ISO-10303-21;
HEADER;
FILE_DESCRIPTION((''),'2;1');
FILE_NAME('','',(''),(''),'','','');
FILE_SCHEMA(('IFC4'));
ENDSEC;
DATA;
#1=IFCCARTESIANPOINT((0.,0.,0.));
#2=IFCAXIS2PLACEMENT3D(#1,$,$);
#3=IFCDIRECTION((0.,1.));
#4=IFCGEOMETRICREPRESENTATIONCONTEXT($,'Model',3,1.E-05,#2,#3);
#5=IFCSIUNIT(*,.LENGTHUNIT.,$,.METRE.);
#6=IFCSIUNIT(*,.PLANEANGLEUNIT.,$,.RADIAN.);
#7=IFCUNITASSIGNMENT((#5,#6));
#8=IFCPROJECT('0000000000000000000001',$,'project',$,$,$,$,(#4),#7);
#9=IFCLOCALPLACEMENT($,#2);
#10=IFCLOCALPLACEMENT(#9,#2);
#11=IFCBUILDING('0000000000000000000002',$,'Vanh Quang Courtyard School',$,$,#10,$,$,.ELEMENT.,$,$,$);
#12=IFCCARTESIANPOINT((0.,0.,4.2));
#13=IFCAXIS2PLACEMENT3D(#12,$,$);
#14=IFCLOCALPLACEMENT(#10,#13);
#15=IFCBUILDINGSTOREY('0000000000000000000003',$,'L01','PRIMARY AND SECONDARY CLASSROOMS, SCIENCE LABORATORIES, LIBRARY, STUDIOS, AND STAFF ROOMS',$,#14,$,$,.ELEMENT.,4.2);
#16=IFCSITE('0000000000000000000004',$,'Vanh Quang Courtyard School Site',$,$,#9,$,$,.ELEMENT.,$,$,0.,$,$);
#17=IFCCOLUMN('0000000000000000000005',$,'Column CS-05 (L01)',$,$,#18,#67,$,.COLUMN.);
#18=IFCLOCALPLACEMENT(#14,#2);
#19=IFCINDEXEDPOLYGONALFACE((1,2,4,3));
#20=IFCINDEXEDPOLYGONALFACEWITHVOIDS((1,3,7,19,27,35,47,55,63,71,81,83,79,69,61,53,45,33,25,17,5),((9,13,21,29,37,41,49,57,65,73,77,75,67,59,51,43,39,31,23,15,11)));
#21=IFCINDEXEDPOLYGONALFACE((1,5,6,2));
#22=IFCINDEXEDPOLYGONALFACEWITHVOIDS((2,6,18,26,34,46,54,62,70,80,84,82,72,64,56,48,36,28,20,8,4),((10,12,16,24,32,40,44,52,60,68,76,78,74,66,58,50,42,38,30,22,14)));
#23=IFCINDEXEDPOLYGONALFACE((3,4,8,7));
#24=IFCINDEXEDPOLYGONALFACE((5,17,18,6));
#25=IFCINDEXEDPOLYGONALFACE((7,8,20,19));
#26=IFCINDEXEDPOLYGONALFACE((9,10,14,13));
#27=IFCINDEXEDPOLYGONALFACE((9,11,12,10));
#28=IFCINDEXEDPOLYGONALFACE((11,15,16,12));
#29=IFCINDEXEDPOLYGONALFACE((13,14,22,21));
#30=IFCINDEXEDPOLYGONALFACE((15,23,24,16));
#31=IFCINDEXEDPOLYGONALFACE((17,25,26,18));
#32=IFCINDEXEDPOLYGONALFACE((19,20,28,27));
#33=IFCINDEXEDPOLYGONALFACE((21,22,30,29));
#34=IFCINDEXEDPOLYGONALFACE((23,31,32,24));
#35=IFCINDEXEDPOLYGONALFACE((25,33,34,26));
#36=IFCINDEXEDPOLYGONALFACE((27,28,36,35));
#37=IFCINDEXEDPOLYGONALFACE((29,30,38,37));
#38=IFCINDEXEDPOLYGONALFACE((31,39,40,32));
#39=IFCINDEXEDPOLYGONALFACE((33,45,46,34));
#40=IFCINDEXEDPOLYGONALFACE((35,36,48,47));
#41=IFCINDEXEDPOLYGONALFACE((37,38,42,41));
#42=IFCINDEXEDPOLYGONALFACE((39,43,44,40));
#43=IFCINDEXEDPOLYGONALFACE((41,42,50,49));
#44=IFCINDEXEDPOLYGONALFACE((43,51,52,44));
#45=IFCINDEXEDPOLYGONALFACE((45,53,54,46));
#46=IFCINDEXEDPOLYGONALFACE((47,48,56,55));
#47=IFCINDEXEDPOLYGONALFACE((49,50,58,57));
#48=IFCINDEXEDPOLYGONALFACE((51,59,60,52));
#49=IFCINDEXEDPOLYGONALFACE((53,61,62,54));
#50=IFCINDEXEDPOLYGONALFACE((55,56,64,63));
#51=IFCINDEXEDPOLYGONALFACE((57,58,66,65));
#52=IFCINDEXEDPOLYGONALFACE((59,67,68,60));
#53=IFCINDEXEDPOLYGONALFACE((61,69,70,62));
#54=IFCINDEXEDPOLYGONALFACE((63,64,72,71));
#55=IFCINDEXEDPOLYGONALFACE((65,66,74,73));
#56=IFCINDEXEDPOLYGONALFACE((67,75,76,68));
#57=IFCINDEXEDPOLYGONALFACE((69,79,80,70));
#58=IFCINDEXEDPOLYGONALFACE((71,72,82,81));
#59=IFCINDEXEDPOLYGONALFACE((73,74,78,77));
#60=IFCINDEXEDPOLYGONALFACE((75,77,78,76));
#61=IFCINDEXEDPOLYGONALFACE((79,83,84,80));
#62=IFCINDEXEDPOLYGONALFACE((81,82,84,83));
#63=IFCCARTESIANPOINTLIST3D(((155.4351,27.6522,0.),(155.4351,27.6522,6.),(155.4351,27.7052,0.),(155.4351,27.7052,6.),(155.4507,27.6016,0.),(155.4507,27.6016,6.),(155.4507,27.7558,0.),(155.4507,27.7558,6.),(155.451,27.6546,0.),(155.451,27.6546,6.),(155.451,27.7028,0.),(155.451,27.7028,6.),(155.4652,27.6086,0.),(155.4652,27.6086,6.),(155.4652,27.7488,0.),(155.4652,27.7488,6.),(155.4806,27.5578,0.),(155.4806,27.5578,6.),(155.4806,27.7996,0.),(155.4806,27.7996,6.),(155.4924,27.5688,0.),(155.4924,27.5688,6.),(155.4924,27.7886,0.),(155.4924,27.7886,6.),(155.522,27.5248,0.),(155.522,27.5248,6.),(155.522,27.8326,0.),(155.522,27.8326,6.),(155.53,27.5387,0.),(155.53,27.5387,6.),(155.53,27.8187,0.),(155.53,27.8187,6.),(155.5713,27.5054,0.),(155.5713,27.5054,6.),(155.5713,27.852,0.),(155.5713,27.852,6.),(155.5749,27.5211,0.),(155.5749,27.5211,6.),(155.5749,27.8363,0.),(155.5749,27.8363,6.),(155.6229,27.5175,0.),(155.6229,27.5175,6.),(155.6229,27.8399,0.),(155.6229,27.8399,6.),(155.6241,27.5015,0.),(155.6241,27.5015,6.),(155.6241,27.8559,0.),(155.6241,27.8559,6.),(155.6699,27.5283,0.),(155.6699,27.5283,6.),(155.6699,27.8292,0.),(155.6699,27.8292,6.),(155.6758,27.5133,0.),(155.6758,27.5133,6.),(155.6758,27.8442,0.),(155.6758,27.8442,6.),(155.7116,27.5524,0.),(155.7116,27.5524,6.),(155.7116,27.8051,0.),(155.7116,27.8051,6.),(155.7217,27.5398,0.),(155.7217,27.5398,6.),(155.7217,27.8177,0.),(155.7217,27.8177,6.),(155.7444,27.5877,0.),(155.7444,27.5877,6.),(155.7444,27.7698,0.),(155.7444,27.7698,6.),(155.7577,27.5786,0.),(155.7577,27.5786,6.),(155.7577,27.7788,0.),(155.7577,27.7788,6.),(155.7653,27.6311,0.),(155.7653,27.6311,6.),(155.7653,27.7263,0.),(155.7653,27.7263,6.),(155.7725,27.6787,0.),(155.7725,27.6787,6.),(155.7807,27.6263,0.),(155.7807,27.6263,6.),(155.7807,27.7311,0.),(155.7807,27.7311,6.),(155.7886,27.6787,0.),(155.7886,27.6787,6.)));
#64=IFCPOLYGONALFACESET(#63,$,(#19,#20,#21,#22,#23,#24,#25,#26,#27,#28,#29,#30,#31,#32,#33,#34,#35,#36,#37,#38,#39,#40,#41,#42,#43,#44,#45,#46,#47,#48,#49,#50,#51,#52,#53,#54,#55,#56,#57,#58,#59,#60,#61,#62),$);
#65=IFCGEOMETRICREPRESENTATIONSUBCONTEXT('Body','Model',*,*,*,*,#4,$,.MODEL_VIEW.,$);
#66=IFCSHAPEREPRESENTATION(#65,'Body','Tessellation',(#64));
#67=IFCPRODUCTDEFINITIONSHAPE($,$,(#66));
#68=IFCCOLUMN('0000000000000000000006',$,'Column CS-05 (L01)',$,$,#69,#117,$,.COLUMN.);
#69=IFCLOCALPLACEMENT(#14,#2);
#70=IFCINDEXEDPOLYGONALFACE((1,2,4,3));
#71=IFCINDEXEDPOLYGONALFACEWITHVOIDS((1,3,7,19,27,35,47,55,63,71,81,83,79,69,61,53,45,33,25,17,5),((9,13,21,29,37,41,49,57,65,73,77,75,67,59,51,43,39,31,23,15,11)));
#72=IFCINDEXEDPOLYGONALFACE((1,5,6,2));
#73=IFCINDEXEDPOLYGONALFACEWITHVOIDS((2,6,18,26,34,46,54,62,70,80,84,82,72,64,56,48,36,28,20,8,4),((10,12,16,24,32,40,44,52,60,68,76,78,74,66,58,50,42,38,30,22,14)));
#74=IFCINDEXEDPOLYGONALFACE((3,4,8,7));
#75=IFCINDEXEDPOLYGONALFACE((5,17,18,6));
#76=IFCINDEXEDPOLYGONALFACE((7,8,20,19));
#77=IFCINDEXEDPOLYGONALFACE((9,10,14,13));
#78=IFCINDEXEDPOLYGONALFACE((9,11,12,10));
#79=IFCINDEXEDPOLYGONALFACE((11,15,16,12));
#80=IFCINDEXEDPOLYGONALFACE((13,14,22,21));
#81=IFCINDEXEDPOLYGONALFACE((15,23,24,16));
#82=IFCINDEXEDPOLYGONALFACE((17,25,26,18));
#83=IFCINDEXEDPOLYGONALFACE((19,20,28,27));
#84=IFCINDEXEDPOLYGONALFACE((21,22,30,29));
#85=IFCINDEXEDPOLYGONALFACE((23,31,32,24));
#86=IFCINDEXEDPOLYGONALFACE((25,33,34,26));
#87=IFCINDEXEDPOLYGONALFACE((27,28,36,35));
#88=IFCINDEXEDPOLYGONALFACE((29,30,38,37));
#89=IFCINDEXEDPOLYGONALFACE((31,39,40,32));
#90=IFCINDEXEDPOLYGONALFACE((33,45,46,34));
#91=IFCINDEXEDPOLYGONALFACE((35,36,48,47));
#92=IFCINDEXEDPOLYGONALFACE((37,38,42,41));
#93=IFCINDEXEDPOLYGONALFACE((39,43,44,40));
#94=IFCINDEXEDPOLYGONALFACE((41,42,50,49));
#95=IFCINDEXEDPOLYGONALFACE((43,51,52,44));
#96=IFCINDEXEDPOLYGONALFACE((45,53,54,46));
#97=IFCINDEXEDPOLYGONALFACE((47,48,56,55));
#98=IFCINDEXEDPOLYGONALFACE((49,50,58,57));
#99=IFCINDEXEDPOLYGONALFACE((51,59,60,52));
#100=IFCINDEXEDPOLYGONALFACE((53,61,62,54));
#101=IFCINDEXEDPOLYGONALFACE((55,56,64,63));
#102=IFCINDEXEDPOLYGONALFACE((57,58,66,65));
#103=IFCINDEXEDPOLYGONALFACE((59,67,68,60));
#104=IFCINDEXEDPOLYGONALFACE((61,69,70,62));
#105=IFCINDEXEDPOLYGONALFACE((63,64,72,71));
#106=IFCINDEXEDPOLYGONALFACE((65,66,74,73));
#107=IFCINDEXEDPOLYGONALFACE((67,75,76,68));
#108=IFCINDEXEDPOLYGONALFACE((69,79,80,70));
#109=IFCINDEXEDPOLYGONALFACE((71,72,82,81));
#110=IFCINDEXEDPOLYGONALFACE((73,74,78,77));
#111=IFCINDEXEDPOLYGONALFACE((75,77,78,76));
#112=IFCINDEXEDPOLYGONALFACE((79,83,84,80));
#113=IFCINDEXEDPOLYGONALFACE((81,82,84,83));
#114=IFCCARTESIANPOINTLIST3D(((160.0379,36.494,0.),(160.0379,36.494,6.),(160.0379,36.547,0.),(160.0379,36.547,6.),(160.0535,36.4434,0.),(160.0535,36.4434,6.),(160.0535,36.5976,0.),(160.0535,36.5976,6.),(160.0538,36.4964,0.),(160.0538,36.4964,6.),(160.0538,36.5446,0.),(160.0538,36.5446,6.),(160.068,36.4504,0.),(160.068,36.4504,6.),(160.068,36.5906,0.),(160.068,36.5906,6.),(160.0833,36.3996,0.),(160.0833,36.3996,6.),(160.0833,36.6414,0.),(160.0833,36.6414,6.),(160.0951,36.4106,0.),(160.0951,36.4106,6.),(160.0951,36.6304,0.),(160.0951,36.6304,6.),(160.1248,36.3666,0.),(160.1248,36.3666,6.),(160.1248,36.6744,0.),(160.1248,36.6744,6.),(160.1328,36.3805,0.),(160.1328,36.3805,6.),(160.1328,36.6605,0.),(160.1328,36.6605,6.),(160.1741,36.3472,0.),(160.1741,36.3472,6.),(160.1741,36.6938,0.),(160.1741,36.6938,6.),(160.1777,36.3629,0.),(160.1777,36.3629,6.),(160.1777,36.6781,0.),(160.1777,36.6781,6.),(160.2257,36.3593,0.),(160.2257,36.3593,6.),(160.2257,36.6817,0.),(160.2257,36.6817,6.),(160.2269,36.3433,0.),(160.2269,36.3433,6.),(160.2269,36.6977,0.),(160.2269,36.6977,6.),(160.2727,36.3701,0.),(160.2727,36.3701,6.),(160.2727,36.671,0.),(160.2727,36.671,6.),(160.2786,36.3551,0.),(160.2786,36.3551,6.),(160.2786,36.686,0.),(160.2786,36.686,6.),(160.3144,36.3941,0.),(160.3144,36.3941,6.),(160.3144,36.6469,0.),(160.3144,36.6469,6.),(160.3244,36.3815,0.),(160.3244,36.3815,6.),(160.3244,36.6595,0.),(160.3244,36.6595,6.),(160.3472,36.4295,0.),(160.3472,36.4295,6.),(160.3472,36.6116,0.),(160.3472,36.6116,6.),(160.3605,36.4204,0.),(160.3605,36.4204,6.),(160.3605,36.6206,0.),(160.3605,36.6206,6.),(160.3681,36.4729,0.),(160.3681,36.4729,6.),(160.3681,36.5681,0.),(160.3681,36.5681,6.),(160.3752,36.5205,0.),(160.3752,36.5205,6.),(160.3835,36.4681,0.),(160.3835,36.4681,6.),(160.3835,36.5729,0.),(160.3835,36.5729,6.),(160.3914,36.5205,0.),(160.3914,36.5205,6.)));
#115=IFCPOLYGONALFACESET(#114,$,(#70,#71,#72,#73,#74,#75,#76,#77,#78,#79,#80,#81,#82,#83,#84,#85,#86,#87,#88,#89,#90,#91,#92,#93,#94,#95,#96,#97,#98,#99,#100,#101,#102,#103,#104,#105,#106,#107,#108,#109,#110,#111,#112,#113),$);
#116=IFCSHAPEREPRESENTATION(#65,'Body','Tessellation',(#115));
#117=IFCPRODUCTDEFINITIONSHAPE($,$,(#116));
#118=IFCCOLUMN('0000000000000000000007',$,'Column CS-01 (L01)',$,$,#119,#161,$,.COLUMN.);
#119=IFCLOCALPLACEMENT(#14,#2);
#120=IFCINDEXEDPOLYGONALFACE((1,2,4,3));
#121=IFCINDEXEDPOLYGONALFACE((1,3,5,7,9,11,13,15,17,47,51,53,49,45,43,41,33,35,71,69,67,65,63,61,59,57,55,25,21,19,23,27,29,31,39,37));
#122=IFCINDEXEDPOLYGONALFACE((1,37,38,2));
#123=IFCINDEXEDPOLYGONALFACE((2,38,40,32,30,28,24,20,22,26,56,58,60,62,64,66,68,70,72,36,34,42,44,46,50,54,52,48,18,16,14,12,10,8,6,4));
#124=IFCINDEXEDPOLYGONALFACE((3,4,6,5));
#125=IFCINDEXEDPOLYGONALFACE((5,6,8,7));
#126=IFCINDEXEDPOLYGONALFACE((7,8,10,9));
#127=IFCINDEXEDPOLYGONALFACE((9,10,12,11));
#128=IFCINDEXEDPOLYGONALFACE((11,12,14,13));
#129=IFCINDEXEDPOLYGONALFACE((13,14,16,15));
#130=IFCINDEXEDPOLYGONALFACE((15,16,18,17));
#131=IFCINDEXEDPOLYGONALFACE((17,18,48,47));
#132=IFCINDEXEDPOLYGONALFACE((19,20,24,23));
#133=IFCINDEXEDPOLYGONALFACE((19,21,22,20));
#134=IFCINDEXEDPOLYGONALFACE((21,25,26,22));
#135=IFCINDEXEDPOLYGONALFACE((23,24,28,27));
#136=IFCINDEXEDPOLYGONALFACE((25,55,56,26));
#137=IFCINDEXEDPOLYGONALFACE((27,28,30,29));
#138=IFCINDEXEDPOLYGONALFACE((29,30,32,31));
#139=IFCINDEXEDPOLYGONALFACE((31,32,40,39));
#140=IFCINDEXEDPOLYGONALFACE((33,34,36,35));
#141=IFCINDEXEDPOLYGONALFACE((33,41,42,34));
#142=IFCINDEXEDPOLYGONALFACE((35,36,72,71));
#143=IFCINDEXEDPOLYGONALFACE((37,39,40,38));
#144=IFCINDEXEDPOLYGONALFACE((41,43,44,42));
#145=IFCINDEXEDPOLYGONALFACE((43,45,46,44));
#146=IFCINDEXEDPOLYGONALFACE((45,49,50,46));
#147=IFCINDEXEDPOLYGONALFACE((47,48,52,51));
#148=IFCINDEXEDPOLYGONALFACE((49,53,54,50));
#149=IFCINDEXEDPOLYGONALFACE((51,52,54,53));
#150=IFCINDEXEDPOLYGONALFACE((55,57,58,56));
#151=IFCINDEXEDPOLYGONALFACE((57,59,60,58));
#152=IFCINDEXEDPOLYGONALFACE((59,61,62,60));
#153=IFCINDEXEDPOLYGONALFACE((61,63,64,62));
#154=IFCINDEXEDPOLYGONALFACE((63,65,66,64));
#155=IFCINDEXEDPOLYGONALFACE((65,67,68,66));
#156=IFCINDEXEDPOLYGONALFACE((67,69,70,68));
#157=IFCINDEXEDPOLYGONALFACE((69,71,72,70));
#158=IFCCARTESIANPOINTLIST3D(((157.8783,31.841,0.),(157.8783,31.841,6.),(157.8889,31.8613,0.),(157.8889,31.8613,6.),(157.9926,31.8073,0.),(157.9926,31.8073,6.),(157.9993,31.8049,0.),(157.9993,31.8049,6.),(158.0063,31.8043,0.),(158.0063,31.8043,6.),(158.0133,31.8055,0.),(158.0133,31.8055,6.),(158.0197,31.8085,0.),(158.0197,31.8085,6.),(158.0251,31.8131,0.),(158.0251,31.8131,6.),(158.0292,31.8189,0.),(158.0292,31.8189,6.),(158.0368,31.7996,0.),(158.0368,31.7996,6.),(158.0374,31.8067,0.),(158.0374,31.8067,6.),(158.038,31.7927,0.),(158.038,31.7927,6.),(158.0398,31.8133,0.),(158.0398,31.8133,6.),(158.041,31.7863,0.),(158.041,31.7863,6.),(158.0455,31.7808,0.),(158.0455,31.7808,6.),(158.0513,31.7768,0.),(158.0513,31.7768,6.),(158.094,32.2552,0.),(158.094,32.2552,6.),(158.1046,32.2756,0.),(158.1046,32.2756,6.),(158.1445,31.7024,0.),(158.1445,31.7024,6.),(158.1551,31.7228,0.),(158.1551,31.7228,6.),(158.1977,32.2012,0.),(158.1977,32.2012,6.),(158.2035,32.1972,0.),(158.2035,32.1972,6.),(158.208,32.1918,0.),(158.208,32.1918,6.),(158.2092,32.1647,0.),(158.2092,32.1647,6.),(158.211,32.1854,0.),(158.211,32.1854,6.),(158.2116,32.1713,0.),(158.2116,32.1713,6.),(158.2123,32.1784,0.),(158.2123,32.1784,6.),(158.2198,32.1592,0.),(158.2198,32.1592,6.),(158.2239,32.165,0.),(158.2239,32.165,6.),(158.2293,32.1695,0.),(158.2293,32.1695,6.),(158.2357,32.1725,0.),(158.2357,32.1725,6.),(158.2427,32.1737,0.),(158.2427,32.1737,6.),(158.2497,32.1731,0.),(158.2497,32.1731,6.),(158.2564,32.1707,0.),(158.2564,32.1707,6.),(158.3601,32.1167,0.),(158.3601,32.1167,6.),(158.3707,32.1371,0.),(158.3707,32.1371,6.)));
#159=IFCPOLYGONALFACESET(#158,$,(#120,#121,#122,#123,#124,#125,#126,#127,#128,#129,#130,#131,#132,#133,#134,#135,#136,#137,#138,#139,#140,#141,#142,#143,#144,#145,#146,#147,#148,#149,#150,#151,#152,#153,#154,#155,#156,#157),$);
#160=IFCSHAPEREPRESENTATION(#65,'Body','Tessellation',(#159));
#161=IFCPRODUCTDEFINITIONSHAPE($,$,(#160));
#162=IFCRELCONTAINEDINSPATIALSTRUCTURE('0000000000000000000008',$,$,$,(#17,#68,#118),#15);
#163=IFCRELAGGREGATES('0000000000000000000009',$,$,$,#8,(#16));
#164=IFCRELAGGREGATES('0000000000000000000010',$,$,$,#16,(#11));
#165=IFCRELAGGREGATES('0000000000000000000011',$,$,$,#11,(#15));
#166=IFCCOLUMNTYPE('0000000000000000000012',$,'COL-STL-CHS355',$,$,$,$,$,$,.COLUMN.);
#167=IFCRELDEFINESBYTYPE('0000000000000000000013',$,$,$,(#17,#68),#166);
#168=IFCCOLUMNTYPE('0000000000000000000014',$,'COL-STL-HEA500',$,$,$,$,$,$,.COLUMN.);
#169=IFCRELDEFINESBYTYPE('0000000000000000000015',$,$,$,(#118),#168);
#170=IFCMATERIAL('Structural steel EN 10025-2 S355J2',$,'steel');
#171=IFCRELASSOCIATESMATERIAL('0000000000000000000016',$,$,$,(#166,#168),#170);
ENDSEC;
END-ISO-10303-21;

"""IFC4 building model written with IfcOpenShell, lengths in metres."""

from ifc_helpers import new_model, si_unit, direction, frame, origin, origin_2d, place, context, subcontext, project, spatial, hollow_circle, i_section, extrude, material, material_profile, profile_set, type_object, element, save


model = new_model("IFC4")

# Units and contexts
model_context = context("Model", 3, precision=1e-05, world=origin(), true_north=direction((0.0, 1.0)))
body_context = subcontext(model_context, "Body", "Model", "MODEL_VIEW")
ifc_project = project(units=[si_unit("LENGTHUNIT", "METRE"), si_unit("PLANEANGLEUNIT", "RADIAN")], contexts=[model_context])

# Site, building, storey
site_placement = place(None, origin())
site = spatial("IfcSite", under=ifc_project, at=site_placement, Name="Vanh Quang Courtyard School Site", CompositionType="ELEMENT", RefElevation=0.0)
building_placement = place(site_placement, origin())
building = spatial("IfcBuilding", under=site, at=building_placement, Name="Vanh Quang Courtyard School", CompositionType="ELEMENT")
storey_placement = place(building_placement, frame((0.0, 0.0, 4.2)))
storey = spatial("IfcBuildingStorey", under=building, at=storey_placement, Name="L01", Description="PRIMARY AND SECONDARY CLASSROOMS, SCIENCE LABORATORIES, LIBRARY, STUDIOS, AND STAFF ROOMS", CompositionType="ELEMENT", Elevation=4.2)

# Columns
ifc_material_1 = material(Name="Structural steel EN 10025-2 S355J2", Category="steel")
ifc_material_profile_1 = material_profile(ifc_material_1, hollow_circle(Radius=0.1777, WallThickness=0.0161, at=origin_2d()), Name="CHS 355.6x16")
ifc_profile_set_1 = profile_set([ifc_material_profile_1], Name="Structural steel EN 10025-2 S355J2")
column_type_1 = type_object("IfcColumnType", Name="COL-STL-CHS355", PredefinedType="COLUMN", material=ifc_profile_set_1)
for number, where, z_axis, x_axis, name in (
    (1, (155.6108, 27.6787, 0.0), (0.0, 0.0, 1.0), (1.0, 0.0, 0.0), "Column CS-05 (L01)"),
    (2, (160.2136, 36.5205, 0.0), (0.0, 0.0, 1.0), (1.0, 0.0, 0.0), "Column CS-05 (L01)"),
):
    element("IfcColumn", number, at=place(storey_placement, frame(where, z_axis=z_axis, x_axis=x_axis)), inside=storey, type_object=column_type_1, Name=name, PredefinedType="COLUMN", context=body_context, shape_type="SweptSolid", body=[
        extrude(hollow_circle(Radius=0.1777, WallThickness=0.0161, at=origin_2d()), origin(), (0.0, 0.0, 1.0), 6.0),
    ])
ifc_material_profile_2 = material_profile(ifc_material_1, i_section(OverallWidth=0.3, OverallDepth=0.49, WebThickness=0.012, FlangeThickness=0.0229, FilletRadius=0.0271, at=origin_2d()), Name="HEA 500")
ifc_profile_set_2 = profile_set([ifc_material_profile_2], Name="Structural steel EN 10025-2 S355J2")
column_type_2 = type_object("IfcColumnType", Name="COL-STL-HEA500", PredefinedType="COLUMN", material=ifc_profile_set_2)
column_placement = place(storey_placement, frame((158.1245, 31.989, 0.0), z_axis=(0.0, 0.0, 1.0), x_axis=(0.887011, -0.461749, 0.0)))
element("IfcColumn", 3, at=column_placement, inside=storey, type_object=column_type_2, Name="Column CS-01 (L01)", PredefinedType="COLUMN", context=body_context, shape_type="SweptSolid", body=[
    extrude(i_section(OverallWidth=0.3, OverallDepth=0.49, WebThickness=0.012, FlangeThickness=0.0229, FilletRadius=0.0271, at=origin_2d()), origin(), (0.0, 0.0, 1.0), 6.0),
])

save(model, "model.ifc")
